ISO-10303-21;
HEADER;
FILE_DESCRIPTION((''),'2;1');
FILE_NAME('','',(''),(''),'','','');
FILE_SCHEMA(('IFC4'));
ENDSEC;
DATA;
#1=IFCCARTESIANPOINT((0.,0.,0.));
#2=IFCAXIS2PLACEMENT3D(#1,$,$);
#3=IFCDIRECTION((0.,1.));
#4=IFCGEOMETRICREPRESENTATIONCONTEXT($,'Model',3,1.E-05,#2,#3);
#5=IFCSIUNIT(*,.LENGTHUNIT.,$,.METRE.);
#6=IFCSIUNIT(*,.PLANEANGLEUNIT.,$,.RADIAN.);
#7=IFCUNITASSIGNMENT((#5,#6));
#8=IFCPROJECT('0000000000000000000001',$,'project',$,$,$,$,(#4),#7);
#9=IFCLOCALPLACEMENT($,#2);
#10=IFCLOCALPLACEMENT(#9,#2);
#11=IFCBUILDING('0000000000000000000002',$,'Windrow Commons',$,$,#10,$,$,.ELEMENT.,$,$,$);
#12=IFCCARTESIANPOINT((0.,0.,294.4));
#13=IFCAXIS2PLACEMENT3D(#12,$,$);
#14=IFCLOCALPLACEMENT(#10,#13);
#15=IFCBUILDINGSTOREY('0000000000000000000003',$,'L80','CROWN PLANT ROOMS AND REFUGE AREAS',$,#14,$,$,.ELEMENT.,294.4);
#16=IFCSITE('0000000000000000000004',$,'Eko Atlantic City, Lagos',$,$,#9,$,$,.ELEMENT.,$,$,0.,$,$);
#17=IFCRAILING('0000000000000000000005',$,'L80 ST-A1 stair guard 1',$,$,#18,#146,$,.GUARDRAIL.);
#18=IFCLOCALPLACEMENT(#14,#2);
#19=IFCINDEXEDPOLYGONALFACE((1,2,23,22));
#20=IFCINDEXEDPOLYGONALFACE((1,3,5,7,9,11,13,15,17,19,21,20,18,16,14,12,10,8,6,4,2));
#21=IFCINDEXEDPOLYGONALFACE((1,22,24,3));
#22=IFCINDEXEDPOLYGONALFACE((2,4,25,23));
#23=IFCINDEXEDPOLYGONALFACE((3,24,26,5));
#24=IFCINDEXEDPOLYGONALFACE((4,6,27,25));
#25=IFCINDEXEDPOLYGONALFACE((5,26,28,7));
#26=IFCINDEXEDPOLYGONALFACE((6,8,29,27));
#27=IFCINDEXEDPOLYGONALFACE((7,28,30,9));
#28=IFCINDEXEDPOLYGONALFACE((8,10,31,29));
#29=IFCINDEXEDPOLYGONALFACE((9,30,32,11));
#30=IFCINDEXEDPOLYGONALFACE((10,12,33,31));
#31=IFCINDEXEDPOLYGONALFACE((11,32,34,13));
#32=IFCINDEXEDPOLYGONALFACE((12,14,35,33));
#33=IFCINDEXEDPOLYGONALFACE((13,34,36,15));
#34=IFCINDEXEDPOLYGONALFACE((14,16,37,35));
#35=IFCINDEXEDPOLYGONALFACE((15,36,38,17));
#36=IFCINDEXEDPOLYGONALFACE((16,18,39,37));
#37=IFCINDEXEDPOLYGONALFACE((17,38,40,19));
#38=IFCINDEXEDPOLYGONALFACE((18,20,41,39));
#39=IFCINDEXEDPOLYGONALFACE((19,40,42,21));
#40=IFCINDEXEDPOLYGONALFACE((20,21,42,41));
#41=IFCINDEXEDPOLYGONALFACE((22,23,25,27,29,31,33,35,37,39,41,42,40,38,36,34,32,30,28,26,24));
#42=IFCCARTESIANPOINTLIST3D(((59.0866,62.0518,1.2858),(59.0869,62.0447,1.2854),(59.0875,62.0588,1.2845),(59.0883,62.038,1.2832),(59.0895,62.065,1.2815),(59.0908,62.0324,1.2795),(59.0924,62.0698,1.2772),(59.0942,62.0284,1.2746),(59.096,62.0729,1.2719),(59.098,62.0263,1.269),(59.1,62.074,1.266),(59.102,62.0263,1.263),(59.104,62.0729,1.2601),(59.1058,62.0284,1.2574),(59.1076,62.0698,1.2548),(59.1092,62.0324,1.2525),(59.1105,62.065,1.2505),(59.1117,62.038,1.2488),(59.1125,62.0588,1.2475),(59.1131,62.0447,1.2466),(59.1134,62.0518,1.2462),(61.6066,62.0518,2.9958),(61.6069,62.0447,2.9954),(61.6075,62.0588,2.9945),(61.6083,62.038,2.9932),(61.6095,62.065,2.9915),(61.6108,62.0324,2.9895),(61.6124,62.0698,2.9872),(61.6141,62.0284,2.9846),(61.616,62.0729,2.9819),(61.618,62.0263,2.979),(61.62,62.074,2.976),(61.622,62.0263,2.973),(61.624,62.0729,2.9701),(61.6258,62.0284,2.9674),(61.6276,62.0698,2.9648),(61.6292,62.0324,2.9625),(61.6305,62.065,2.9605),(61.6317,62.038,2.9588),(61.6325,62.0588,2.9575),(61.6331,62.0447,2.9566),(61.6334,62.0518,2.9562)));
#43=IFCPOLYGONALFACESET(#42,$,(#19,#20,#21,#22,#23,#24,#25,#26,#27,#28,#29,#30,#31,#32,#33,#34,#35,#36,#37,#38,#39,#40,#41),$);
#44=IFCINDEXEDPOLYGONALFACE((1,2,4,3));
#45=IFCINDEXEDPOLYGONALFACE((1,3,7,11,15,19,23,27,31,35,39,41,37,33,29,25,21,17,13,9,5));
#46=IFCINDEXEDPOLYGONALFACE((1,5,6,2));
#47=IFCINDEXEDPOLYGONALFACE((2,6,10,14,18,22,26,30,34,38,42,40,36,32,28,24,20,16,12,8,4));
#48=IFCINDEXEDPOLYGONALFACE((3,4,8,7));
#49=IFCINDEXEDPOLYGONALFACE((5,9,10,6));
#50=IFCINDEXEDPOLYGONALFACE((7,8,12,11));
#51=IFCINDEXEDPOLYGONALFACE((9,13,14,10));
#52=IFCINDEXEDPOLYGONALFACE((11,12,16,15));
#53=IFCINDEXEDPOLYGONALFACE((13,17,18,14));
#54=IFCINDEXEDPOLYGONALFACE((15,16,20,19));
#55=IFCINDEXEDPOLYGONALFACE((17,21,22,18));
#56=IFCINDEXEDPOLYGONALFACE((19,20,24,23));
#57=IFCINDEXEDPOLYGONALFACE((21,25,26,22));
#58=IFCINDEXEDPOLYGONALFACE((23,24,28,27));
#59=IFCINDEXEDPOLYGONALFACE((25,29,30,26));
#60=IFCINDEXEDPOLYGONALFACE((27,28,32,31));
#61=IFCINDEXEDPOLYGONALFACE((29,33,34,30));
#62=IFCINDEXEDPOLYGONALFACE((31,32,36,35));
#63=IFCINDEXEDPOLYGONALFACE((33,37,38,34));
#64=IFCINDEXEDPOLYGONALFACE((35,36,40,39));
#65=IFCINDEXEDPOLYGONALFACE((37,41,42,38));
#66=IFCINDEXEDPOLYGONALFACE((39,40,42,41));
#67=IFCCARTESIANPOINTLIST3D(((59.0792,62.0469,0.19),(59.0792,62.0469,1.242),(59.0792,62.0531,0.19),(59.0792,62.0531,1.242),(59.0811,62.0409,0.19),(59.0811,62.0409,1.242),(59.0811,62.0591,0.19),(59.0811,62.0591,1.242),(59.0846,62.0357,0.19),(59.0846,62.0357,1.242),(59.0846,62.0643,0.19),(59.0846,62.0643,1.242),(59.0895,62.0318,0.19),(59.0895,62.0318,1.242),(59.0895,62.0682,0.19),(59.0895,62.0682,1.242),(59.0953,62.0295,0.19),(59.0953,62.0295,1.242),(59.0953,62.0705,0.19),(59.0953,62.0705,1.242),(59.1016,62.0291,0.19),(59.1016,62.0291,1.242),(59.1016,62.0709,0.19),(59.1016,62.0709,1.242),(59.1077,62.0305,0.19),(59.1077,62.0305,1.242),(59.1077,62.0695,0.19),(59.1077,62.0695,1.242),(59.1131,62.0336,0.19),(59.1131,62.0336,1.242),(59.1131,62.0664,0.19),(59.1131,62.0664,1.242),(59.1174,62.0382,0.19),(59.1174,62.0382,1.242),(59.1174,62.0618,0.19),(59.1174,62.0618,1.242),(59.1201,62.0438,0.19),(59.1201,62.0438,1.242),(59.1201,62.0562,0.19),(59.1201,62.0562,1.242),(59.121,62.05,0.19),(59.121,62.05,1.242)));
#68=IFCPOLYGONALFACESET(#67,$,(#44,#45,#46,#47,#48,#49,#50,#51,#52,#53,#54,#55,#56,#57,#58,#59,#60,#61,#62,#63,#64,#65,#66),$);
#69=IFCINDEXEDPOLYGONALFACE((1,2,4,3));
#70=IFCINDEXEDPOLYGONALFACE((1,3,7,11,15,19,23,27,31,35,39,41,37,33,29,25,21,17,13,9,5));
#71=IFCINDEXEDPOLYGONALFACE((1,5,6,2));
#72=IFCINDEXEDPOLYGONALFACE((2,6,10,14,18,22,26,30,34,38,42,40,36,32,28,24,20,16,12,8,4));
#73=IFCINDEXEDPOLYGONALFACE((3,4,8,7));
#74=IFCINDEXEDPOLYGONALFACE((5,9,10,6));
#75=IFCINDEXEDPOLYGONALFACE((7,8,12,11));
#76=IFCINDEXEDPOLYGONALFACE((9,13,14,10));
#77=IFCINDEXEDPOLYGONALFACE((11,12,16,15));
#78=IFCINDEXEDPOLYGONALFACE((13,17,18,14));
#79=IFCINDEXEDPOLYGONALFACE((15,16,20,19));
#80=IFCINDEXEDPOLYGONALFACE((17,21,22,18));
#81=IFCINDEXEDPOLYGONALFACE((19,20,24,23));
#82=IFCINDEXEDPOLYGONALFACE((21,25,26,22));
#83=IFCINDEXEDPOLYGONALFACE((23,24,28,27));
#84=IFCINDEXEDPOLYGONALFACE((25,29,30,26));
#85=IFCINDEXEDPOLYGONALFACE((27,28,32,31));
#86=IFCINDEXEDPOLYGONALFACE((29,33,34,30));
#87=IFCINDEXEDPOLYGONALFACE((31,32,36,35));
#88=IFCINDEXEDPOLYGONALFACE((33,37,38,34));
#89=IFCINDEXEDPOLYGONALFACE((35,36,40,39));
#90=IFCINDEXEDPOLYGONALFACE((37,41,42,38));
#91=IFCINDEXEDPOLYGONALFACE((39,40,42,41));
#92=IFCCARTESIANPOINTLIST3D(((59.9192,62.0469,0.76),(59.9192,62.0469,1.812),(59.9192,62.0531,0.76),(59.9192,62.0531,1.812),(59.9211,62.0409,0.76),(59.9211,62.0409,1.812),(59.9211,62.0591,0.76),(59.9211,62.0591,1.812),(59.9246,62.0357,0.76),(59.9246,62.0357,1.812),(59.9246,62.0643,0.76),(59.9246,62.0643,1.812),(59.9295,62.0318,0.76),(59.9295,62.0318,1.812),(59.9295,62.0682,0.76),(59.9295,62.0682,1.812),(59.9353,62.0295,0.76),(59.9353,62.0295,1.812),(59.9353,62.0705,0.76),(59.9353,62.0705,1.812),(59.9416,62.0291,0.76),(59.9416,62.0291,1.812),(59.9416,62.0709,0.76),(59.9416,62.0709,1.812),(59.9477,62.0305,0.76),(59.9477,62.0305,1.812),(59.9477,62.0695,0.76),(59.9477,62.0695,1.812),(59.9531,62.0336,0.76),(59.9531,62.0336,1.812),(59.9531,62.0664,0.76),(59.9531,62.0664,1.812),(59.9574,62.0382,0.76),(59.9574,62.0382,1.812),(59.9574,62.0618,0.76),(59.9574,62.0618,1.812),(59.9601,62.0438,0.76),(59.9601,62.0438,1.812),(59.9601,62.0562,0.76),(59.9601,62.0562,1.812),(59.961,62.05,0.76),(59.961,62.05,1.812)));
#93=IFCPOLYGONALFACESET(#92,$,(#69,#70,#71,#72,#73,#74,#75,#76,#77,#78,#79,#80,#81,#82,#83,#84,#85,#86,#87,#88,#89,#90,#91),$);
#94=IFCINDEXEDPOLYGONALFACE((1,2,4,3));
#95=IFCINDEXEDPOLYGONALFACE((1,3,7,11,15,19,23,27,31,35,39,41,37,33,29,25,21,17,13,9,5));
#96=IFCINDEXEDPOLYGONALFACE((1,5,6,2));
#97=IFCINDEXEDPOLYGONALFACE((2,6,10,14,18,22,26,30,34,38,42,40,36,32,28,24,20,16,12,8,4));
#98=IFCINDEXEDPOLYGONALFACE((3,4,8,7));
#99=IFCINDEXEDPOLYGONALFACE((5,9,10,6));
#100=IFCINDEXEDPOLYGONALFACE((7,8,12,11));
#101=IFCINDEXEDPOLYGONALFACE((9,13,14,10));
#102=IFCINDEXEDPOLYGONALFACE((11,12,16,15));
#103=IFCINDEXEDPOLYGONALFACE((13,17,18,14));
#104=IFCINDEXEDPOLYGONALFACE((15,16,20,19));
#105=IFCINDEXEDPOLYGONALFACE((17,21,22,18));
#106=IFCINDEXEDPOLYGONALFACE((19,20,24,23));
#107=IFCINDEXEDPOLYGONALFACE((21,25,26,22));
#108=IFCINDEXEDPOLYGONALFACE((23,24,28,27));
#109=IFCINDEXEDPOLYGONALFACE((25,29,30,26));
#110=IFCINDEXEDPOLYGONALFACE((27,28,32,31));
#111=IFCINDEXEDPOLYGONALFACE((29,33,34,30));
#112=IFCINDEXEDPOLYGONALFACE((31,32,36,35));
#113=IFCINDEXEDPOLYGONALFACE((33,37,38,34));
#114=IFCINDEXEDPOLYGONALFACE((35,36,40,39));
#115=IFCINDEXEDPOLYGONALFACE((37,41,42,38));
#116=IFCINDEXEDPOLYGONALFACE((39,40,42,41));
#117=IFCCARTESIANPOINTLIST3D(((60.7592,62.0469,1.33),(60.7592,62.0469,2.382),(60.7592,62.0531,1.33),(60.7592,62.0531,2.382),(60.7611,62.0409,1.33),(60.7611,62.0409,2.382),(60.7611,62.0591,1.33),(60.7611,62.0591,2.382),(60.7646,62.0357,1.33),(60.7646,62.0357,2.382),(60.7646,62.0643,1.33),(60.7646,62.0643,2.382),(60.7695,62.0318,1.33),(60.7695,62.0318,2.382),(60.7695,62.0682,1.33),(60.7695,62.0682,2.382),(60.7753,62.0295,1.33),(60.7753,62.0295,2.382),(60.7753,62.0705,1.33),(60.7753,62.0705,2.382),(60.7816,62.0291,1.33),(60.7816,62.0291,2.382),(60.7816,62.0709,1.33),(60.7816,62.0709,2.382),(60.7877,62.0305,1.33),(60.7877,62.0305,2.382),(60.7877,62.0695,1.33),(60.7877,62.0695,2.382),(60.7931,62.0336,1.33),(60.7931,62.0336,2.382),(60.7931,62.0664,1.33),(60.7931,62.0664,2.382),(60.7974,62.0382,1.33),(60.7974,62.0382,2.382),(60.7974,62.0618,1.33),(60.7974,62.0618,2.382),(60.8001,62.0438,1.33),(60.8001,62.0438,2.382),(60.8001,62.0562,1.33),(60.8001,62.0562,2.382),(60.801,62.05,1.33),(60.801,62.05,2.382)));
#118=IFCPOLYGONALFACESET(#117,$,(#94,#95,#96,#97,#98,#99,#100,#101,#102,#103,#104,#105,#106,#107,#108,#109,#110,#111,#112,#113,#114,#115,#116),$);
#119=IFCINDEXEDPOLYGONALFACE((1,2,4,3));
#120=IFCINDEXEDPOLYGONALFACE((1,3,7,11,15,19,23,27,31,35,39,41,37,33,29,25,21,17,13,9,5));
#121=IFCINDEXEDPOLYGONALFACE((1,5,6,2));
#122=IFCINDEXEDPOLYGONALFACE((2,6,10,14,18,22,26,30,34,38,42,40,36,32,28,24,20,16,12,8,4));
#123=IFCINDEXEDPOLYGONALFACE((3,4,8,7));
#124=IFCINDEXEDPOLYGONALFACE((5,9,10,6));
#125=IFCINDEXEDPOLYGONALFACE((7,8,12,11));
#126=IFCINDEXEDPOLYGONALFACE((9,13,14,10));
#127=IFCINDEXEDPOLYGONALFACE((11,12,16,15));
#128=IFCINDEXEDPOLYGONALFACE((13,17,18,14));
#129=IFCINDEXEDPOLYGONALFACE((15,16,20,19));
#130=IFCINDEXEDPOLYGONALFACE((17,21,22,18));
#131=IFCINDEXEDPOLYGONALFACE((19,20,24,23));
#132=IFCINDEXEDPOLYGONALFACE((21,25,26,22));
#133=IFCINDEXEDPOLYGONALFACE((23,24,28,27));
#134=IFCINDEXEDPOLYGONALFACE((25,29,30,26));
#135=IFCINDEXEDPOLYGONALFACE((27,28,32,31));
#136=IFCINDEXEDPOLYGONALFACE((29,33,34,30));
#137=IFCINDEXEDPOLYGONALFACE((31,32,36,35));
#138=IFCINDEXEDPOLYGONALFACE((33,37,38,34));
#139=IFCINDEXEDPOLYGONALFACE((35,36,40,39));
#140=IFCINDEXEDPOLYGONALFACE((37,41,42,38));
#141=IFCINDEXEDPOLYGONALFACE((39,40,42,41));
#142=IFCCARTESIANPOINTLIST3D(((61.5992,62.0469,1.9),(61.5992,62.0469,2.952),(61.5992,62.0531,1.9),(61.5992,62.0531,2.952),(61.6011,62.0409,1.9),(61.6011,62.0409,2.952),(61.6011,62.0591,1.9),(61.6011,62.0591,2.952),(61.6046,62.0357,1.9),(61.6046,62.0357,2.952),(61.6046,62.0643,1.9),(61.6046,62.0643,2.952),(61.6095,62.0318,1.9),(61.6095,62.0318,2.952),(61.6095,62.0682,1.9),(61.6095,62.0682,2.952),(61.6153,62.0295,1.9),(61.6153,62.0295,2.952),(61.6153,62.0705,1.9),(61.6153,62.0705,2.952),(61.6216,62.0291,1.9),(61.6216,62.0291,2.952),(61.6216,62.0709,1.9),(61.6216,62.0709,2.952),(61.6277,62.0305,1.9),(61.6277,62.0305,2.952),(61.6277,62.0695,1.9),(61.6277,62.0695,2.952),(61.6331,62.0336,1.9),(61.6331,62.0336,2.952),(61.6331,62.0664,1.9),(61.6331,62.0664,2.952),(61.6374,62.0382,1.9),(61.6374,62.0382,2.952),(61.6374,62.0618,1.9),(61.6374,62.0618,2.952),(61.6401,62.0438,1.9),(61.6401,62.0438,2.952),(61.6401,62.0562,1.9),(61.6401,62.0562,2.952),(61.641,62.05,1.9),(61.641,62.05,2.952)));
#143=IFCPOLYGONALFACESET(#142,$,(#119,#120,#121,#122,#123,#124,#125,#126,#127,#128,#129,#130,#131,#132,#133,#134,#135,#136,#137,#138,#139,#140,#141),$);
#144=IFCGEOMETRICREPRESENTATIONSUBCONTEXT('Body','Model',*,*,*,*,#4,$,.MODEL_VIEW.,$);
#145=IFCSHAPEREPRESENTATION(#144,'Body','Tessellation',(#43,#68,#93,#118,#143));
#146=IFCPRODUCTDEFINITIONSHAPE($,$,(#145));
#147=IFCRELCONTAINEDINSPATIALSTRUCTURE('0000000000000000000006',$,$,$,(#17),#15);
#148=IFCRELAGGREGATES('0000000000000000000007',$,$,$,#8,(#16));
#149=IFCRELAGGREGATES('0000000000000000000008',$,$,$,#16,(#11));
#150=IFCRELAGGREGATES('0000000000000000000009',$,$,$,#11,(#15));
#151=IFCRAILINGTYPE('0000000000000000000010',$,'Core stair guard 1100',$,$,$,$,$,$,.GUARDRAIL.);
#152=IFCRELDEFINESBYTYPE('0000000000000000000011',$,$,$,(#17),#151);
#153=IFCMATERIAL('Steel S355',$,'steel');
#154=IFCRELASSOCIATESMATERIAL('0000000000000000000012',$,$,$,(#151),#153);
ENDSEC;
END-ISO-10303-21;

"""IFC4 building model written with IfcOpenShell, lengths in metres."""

from ifc_helpers import new_model, si_unit, direction, frame, origin, origin_2d, place, context, subcontext, project, spatial, circle, extrude, material, type_object, element, save


model = new_model("IFC4")

# Units and contexts
model_context = context("Model", 3, precision=1e-05, world=origin(), true_north=direction((0.0, 1.0)))
body_context = subcontext(model_context, "Body", "Model", "MODEL_VIEW")
ifc_project = project(units=[si_unit("LENGTHUNIT", "METRE"), si_unit("PLANEANGLEUNIT", "RADIAN")], contexts=[model_context])

# Site, building, storey
site_placement = place(None, origin())
site = spatial("IfcSite", under=ifc_project, at=site_placement, Name="Eko Atlantic City, Lagos", CompositionType="ELEMENT", RefElevation=0.0)
building_placement = place(site_placement, origin())
building = spatial("IfcBuilding", under=site, at=building_placement, Name="Windrow Commons", CompositionType="ELEMENT")
storey_placement = place(building_placement, frame((0.0, 0.0, 294.4)))
storey = spatial("IfcBuildingStorey", under=building, at=storey_placement, Name="L80", Description="CROWN PLANT ROOMS AND REFUGE AREAS", CompositionType="ELEMENT", Elevation=294.4)

# Railing
ifc_material_1 = material(Name="Steel S355", Category="steel")
railing_type_1 = type_object("IfcRailingType", Name="Core stair guard 1100", PredefinedType="GUARDRAIL", material=ifc_material_1)
railing_1_placement = place(storey_placement, frame((59.1, 62.05, 0.19)))
element("IfcRailing", 1, at=railing_1_placement, inside=storey, type_object=railing_type_1, Name="L80 ST-A1 stair guard 1", PredefinedType="GUARDRAIL", context=body_context, shape_type="SweptSolid", body=[
    extrude(circle(Radius=0.024, at=origin_2d()), frame((0.0, 0.0, 1.076), z_axis=(0.827476, 0.0, 0.561501), x_axis=(0.0, 1.0, 0.0)), (0.0, 0.0, 1.0), 3.0454),
    extrude(circle(Radius=0.021, at=origin_2d()), origin(), (0.0, 0.0, 1.0), 1.052),
    extrude(circle(Radius=0.021, at=origin_2d()), frame((0.84, 0.0, 0.57)), (0.0, 0.0, 1.0), 1.052),
    extrude(circle(Radius=0.021, at=origin_2d()), frame((1.68, 0.0, 1.14)), (0.0, 0.0, 1.0), 1.052),
    extrude(circle(Radius=0.021, at=origin_2d()), frame((2.52, 0.0, 1.71)), (0.0, 0.0, 1.0), 1.052),
])

save(model, "model.ifc")
